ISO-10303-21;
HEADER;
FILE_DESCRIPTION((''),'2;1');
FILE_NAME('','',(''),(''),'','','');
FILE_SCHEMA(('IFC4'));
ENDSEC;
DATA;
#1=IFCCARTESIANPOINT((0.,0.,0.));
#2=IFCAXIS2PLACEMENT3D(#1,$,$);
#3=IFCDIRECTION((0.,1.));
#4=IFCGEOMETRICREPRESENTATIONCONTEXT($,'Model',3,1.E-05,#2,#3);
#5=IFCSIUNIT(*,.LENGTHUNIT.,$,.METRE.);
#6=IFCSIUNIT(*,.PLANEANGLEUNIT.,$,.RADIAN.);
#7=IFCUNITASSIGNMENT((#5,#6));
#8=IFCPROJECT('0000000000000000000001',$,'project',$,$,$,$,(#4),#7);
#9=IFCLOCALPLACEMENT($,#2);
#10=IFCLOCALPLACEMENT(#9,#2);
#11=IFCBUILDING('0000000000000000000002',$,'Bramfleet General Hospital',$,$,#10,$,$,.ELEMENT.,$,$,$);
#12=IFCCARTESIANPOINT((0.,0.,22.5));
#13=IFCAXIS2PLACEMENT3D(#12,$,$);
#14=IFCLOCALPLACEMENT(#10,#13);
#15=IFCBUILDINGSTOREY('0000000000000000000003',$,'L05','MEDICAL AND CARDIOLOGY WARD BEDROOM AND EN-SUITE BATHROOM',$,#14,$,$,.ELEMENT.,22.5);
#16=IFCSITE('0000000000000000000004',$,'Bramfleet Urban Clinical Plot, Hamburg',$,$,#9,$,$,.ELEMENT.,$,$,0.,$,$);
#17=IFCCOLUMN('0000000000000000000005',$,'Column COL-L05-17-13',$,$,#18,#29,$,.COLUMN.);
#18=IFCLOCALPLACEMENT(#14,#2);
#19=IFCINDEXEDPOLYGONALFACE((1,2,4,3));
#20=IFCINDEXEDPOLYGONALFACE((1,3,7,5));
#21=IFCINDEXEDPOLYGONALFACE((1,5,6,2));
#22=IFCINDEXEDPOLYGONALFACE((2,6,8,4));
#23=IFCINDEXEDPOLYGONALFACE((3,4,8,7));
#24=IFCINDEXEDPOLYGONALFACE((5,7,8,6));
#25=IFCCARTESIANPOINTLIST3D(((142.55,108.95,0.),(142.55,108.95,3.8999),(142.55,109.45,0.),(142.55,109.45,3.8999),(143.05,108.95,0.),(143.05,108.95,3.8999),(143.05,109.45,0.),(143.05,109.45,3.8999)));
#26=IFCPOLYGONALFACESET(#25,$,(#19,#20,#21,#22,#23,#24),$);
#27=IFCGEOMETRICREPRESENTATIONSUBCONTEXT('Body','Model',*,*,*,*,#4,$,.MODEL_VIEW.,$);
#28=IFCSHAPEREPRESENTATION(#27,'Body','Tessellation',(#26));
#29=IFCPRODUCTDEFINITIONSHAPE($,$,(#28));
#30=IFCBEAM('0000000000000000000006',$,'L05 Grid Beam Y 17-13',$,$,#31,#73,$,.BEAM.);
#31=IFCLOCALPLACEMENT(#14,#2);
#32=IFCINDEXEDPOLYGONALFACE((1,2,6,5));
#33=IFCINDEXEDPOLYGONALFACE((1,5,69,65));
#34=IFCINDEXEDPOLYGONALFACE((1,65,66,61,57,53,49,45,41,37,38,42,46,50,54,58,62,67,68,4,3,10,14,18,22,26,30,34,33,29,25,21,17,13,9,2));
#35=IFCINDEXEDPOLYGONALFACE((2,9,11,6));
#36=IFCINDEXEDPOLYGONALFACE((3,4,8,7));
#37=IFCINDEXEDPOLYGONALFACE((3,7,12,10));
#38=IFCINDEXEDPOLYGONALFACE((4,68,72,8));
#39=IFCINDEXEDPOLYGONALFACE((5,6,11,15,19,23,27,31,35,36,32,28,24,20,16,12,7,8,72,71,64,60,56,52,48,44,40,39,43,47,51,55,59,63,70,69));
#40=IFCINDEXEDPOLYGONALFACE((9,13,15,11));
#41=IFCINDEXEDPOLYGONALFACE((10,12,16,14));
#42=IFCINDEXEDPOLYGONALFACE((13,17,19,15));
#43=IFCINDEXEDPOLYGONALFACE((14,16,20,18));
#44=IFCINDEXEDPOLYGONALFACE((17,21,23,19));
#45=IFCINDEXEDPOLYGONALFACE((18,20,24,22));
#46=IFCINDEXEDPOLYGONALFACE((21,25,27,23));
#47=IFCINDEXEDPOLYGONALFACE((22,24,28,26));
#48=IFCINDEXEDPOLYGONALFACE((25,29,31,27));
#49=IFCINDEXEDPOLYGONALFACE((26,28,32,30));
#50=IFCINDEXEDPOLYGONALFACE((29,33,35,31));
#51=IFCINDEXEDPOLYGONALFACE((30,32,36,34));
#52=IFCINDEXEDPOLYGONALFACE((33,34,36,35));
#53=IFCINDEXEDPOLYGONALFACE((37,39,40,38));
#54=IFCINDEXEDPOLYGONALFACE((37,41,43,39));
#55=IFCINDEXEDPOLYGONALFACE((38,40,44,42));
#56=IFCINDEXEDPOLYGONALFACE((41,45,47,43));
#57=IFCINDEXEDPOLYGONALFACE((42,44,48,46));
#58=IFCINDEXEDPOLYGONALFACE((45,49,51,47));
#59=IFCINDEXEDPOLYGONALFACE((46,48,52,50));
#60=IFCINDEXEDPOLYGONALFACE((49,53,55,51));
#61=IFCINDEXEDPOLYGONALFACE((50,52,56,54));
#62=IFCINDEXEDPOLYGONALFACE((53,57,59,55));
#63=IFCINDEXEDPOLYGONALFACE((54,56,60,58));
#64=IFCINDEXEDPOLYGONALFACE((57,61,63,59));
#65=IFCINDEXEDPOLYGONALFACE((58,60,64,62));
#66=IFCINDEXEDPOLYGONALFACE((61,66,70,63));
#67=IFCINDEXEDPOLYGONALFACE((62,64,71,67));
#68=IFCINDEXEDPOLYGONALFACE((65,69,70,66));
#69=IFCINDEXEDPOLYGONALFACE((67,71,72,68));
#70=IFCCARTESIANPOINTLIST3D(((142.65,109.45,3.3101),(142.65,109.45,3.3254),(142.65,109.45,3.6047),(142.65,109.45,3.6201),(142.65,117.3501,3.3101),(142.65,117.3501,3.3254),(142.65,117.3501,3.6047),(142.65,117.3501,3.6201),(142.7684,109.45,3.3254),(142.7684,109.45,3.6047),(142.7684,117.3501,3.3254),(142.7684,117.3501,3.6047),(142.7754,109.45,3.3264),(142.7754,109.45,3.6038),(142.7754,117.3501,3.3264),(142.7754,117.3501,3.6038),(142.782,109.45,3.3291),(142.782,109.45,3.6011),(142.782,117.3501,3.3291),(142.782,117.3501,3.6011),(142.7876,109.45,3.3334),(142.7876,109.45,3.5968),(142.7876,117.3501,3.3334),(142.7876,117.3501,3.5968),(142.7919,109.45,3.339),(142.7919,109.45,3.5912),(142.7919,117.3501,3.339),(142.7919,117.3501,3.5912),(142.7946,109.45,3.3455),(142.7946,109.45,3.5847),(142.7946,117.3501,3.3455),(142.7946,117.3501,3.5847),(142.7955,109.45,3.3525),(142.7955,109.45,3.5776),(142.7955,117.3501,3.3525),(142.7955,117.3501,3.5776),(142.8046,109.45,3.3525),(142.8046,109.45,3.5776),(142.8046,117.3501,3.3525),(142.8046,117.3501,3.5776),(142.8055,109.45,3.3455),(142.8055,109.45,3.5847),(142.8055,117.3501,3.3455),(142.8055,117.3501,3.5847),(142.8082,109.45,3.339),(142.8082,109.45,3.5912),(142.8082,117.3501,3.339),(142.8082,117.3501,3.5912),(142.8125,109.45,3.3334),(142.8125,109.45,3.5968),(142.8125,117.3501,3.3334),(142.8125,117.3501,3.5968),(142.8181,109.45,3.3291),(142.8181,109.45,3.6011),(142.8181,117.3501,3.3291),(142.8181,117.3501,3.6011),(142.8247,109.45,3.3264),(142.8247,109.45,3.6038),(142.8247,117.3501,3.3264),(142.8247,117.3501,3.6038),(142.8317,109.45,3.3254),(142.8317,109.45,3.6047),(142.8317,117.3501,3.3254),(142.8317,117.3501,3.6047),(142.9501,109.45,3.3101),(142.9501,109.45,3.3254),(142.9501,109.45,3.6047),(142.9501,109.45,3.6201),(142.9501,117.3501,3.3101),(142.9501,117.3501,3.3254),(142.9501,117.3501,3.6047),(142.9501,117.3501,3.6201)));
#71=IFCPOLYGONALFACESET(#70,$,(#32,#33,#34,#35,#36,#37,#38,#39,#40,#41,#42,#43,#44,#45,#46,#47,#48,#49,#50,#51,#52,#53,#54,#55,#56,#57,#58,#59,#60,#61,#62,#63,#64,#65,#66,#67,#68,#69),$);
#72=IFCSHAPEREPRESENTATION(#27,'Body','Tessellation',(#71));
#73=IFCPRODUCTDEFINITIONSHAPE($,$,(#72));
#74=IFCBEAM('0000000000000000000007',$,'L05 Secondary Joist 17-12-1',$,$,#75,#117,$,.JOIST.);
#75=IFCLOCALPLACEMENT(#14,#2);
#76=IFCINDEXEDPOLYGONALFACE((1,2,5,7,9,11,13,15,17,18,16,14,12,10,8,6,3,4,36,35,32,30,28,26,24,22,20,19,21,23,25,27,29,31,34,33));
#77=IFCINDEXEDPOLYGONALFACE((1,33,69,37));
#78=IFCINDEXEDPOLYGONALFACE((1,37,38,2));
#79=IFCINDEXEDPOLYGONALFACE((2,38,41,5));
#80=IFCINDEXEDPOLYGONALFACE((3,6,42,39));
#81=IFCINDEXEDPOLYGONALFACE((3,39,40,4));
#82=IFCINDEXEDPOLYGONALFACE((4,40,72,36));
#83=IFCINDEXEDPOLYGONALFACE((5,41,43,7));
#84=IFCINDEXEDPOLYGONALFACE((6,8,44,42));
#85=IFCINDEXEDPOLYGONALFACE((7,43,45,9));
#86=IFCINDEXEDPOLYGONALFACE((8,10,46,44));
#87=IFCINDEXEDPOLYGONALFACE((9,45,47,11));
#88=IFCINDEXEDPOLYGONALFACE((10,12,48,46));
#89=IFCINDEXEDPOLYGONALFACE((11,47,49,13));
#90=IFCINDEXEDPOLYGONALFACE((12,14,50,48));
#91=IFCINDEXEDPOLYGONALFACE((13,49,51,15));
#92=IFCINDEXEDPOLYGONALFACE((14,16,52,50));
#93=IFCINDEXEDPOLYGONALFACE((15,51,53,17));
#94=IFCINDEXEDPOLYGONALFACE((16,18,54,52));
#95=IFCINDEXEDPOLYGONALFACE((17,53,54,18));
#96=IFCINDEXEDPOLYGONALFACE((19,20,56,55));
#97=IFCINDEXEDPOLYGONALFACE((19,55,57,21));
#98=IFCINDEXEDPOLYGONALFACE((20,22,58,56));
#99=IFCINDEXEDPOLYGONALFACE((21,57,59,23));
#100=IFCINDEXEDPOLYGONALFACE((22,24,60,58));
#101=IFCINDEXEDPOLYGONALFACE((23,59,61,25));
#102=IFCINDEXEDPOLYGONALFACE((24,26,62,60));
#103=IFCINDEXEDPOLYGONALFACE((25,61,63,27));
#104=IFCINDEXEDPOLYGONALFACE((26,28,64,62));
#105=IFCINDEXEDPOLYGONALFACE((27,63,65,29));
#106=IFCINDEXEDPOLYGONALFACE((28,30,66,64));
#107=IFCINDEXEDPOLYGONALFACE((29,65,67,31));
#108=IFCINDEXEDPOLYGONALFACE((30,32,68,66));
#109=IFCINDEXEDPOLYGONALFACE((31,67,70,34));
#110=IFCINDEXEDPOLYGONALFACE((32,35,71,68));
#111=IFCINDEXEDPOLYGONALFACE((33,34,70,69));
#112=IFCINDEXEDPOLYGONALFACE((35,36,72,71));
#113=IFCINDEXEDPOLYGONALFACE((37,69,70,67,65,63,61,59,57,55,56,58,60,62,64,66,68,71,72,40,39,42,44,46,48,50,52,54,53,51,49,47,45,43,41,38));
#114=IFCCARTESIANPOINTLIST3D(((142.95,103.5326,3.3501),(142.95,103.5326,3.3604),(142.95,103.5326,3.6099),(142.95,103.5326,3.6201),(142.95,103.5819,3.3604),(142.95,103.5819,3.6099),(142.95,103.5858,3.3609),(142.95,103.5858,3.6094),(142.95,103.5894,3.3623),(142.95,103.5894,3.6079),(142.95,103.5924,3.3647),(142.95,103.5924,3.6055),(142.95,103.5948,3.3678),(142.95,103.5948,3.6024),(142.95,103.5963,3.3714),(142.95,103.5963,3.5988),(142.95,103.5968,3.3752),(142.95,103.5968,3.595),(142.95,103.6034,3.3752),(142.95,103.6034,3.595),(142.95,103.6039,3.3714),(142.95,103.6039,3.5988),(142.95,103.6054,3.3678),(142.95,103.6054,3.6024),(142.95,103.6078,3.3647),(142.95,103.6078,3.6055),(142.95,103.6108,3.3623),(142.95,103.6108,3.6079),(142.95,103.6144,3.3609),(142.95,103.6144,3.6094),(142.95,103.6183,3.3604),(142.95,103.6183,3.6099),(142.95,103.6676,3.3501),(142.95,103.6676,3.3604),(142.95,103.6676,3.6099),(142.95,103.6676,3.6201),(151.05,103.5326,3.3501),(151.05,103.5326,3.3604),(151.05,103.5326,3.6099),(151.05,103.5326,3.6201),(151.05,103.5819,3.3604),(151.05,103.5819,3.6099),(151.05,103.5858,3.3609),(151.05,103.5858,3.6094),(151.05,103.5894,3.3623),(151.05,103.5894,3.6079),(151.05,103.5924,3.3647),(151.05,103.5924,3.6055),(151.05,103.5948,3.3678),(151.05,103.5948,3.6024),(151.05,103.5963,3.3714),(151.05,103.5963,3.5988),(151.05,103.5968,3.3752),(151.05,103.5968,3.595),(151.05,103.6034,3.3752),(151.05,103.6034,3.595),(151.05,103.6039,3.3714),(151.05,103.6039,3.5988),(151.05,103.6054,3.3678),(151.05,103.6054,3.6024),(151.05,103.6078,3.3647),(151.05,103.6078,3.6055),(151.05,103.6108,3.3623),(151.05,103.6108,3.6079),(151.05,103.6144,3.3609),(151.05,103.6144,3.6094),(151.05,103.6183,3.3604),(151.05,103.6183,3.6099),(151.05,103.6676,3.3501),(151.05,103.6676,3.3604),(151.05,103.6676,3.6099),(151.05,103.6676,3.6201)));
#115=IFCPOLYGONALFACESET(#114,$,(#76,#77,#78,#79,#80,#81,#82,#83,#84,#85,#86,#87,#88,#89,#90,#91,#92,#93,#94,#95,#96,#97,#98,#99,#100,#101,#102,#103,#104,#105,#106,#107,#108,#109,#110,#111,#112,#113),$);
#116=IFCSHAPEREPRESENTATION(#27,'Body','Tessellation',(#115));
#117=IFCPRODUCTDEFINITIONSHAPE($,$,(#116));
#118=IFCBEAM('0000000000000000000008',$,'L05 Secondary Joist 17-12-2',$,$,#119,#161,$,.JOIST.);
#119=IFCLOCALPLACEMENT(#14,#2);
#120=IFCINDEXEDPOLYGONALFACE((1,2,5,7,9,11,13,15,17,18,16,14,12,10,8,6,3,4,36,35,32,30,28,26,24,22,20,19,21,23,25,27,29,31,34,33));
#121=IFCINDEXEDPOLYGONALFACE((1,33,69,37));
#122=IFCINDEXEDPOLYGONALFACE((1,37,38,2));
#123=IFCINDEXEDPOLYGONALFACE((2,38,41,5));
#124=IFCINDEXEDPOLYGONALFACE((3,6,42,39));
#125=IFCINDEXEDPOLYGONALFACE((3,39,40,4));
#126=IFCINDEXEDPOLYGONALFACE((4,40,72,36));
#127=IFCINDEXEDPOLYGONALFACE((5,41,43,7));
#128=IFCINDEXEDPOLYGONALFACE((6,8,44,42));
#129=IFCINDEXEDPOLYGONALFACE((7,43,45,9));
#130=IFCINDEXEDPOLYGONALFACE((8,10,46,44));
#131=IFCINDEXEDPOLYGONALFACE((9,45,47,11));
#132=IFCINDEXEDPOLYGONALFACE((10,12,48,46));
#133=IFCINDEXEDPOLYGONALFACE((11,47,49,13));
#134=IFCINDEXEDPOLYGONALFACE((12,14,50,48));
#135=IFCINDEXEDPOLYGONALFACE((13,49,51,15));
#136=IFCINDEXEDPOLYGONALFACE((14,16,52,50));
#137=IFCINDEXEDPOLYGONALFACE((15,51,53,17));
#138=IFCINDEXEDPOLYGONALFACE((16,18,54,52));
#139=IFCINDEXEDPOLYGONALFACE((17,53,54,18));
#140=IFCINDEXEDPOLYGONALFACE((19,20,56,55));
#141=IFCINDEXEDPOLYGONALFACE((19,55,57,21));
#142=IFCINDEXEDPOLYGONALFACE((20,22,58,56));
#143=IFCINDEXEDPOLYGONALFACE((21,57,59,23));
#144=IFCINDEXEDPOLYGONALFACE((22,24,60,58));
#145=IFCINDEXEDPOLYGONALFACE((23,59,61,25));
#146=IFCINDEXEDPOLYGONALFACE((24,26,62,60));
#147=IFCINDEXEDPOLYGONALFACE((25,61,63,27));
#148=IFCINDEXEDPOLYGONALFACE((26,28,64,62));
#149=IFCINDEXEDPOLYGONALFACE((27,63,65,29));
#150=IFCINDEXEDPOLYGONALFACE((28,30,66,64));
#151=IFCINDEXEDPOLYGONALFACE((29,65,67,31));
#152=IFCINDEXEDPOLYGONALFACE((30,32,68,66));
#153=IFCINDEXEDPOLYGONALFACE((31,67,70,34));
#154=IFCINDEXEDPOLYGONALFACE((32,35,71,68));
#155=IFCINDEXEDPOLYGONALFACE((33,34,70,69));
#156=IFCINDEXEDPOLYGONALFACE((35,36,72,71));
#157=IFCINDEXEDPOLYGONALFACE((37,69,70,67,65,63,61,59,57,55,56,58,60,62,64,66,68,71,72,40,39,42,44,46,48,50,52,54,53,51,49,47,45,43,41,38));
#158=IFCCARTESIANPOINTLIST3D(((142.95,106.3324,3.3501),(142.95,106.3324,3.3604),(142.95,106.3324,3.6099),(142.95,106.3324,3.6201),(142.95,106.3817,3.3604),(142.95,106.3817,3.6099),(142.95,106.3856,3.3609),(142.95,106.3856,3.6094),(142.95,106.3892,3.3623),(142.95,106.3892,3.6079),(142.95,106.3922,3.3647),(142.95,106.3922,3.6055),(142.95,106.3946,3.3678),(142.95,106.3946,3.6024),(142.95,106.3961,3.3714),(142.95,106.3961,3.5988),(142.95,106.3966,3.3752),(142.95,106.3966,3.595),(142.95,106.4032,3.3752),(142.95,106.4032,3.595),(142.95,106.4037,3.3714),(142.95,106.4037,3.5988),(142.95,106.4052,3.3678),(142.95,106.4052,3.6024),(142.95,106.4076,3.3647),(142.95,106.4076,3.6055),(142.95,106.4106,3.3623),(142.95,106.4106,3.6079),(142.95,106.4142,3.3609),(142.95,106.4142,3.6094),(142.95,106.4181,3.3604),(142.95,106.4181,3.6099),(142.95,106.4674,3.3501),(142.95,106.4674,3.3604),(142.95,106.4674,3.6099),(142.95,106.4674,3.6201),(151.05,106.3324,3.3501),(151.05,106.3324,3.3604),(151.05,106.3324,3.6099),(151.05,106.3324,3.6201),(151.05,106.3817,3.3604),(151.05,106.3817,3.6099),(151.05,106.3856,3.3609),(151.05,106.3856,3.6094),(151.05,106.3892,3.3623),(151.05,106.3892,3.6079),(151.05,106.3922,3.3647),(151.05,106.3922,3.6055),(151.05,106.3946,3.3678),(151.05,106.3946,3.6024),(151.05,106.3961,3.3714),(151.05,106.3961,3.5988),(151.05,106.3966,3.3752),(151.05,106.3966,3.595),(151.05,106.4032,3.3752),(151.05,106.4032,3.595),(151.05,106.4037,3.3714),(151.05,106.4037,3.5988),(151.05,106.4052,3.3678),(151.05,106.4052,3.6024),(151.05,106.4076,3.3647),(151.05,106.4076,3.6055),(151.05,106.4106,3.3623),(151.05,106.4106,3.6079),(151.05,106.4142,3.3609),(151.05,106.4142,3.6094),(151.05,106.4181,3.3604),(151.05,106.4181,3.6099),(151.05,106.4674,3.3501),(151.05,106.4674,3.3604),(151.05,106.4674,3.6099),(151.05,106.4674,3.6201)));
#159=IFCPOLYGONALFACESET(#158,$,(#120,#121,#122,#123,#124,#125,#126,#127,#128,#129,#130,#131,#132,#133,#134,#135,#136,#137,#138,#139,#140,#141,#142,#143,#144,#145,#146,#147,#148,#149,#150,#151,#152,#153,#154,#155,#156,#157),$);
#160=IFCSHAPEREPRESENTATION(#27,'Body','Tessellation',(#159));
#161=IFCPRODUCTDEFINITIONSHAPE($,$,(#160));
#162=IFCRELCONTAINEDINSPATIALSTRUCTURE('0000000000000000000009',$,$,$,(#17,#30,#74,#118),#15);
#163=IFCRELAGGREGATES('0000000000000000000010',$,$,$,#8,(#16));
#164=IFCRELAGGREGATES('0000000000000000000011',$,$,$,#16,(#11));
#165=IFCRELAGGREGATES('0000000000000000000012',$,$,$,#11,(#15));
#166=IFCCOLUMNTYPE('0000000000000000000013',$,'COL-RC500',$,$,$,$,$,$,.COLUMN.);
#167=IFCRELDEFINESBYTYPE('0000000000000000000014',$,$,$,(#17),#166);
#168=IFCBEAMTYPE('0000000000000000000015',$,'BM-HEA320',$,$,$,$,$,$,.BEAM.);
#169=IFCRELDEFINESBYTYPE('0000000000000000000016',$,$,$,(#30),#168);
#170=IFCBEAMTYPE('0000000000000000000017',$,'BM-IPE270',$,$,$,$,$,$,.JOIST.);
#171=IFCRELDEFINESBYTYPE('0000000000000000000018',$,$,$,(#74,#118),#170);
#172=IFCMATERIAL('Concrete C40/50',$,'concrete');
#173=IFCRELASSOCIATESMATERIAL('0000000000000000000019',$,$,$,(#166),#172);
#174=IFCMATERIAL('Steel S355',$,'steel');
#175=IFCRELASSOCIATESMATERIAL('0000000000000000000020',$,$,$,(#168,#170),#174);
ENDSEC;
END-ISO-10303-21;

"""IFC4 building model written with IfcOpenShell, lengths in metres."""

from ifc_helpers import new_model, si_unit, direction, frame, origin, origin_2d, place, context, subcontext, project, spatial, rectangle, i_section, extrude, material, material_profile, profile_set, type_object, element, save


model = new_model("IFC4")

# Units and contexts
model_context = context("Model", 3, precision=1e-05, world=origin(), true_north=direction((0.0, 1.0)))
body_context = subcontext(model_context, "Body", "Model", "MODEL_VIEW")
ifc_project = project(units=[si_unit("LENGTHUNIT", "METRE"), si_unit("PLANEANGLEUNIT", "RADIAN")], contexts=[model_context])

# Site, building, storey
site_placement = place(None, origin())
site = spatial("IfcSite", under=ifc_project, at=site_placement, Name="Bramfleet Urban Clinical Plot, Hamburg", CompositionType="ELEMENT", RefElevation=0.0)
building_placement = place(site_placement, origin())
building = spatial("IfcBuilding", under=site, at=building_placement, Name="Bramfleet General Hospital", CompositionType="ELEMENT")
storey_placement = place(building_placement, frame((0.0, 0.0, 22.5)))
storey = spatial("IfcBuildingStorey", under=building, at=storey_placement, Name="L05", Description="MEDICAL AND CARDIOLOGY WARD BEDROOM AND EN-SUITE BATHROOM", CompositionType="ELEMENT", Elevation=22.5)

# Column
ifc_material_1 = material(Name="Concrete C40/50", Category="concrete")
ifc_material_profile_1 = material_profile(ifc_material_1, rectangle(XDim=0.5, YDim=0.5, at=origin_2d()), Name="RC COL 500x500")
ifc_profile_set_1 = profile_set([ifc_material_profile_1], Name="Concrete C40/50")
column_type = type_object("IfcColumnType", Name="COL-RC500", PredefinedType="COLUMN", material=ifc_profile_set_1)
column_placement = place(storey_placement, frame((142.8, 109.2, 0.0), z_axis=(0.0, 0.0, 1.0), x_axis=(1.0, 0.0, 0.0)))
element("IfcColumn", 1, at=column_placement, inside=storey, type_object=column_type, Name="Column COL-L05-17-13", PredefinedType="COLUMN", context=body_context, shape_type="SweptSolid", body=[
    extrude(rectangle(XDim=0.5, YDim=0.5, at=origin_2d()), origin(), (0.0, 0.0, 1.0), 3.8999),
])

# Beams
ifc_material_2 = material(Name="Steel S355", Category="steel")
ifc_material_profile_2 = material_profile(ifc_material_2, i_section(OverallWidth=0.3, OverallDepth=0.3101, WebThickness=0.009, FlangeThickness=0.0154, FilletRadius=0.0271, at=origin_2d()), Name="HEA 320")
ifc_profile_set_2 = profile_set([ifc_material_profile_2], Name="Steel S355")
beam_type_1 = type_object("IfcBeamType", Name="BM-HEA320", PredefinedType="BEAM", material=ifc_profile_set_2)
beam_1_placement = place(storey_placement, frame((142.8, 109.45, 3.4651), z_axis=(0.0, 1.0, 0.0), x_axis=(-1.0, 0.0, 0.0)))
element("IfcBeam", 2, at=beam_1_placement, inside=storey, type_object=beam_type_1, Name="L05 Grid Beam Y 17-13", PredefinedType="BEAM", context=body_context, shape_type="SweptSolid", body=[
    extrude(i_section(OverallWidth=0.3, OverallDepth=0.3101, WebThickness=0.009, FlangeThickness=0.0154, FilletRadius=0.0271, at=origin_2d()), origin(), (0.0, 0.0, 1.0), 7.9001),
])
ifc_material_profile_3 = material_profile(ifc_material_2, i_section(OverallWidth=0.135, OverallDepth=0.27, WebThickness=0.0066, FlangeThickness=0.0103, FilletRadius=0.0149, at=origin_2d()), Name="IPE 270")
ifc_profile_set_3 = profile_set([ifc_material_profile_3], Name="Steel S355")
beam_type_2 = type_object("IfcBeamType", Name="BM-IPE270", PredefinedType="JOIST", material=ifc_profile_set_3)
for number, where, z_axis, x_axis, name in (
    (3, (142.95, 103.6001, 3.4851), (1.0, 0.0, 0.0), (0.0, 1.0, 0.0), "L05 Secondary Joist 17-12-1"),
    (4, (142.95, 106.3999, 3.4851), (1.0, 0.0, 0.0), (0.0, 1.0, 0.0), "L05 Secondary Joist 17-12-2"),
):
    element("IfcBeam", number, at=place(storey_placement, frame(where, z_axis=z_axis, x_axis=x_axis)), inside=storey, type_object=beam_type_2, Name=name, PredefinedType="JOIST", context=body_context, shape_type="SweptSolid", body=[
        extrude(i_section(OverallWidth=0.135, OverallDepth=0.27, WebThickness=0.0066, FlangeThickness=0.0103, FilletRadius=0.0149, at=origin_2d()), origin(), (0.0, 0.0, 1.0), 8.1001),
    ])

save(model, "model.ifc")
